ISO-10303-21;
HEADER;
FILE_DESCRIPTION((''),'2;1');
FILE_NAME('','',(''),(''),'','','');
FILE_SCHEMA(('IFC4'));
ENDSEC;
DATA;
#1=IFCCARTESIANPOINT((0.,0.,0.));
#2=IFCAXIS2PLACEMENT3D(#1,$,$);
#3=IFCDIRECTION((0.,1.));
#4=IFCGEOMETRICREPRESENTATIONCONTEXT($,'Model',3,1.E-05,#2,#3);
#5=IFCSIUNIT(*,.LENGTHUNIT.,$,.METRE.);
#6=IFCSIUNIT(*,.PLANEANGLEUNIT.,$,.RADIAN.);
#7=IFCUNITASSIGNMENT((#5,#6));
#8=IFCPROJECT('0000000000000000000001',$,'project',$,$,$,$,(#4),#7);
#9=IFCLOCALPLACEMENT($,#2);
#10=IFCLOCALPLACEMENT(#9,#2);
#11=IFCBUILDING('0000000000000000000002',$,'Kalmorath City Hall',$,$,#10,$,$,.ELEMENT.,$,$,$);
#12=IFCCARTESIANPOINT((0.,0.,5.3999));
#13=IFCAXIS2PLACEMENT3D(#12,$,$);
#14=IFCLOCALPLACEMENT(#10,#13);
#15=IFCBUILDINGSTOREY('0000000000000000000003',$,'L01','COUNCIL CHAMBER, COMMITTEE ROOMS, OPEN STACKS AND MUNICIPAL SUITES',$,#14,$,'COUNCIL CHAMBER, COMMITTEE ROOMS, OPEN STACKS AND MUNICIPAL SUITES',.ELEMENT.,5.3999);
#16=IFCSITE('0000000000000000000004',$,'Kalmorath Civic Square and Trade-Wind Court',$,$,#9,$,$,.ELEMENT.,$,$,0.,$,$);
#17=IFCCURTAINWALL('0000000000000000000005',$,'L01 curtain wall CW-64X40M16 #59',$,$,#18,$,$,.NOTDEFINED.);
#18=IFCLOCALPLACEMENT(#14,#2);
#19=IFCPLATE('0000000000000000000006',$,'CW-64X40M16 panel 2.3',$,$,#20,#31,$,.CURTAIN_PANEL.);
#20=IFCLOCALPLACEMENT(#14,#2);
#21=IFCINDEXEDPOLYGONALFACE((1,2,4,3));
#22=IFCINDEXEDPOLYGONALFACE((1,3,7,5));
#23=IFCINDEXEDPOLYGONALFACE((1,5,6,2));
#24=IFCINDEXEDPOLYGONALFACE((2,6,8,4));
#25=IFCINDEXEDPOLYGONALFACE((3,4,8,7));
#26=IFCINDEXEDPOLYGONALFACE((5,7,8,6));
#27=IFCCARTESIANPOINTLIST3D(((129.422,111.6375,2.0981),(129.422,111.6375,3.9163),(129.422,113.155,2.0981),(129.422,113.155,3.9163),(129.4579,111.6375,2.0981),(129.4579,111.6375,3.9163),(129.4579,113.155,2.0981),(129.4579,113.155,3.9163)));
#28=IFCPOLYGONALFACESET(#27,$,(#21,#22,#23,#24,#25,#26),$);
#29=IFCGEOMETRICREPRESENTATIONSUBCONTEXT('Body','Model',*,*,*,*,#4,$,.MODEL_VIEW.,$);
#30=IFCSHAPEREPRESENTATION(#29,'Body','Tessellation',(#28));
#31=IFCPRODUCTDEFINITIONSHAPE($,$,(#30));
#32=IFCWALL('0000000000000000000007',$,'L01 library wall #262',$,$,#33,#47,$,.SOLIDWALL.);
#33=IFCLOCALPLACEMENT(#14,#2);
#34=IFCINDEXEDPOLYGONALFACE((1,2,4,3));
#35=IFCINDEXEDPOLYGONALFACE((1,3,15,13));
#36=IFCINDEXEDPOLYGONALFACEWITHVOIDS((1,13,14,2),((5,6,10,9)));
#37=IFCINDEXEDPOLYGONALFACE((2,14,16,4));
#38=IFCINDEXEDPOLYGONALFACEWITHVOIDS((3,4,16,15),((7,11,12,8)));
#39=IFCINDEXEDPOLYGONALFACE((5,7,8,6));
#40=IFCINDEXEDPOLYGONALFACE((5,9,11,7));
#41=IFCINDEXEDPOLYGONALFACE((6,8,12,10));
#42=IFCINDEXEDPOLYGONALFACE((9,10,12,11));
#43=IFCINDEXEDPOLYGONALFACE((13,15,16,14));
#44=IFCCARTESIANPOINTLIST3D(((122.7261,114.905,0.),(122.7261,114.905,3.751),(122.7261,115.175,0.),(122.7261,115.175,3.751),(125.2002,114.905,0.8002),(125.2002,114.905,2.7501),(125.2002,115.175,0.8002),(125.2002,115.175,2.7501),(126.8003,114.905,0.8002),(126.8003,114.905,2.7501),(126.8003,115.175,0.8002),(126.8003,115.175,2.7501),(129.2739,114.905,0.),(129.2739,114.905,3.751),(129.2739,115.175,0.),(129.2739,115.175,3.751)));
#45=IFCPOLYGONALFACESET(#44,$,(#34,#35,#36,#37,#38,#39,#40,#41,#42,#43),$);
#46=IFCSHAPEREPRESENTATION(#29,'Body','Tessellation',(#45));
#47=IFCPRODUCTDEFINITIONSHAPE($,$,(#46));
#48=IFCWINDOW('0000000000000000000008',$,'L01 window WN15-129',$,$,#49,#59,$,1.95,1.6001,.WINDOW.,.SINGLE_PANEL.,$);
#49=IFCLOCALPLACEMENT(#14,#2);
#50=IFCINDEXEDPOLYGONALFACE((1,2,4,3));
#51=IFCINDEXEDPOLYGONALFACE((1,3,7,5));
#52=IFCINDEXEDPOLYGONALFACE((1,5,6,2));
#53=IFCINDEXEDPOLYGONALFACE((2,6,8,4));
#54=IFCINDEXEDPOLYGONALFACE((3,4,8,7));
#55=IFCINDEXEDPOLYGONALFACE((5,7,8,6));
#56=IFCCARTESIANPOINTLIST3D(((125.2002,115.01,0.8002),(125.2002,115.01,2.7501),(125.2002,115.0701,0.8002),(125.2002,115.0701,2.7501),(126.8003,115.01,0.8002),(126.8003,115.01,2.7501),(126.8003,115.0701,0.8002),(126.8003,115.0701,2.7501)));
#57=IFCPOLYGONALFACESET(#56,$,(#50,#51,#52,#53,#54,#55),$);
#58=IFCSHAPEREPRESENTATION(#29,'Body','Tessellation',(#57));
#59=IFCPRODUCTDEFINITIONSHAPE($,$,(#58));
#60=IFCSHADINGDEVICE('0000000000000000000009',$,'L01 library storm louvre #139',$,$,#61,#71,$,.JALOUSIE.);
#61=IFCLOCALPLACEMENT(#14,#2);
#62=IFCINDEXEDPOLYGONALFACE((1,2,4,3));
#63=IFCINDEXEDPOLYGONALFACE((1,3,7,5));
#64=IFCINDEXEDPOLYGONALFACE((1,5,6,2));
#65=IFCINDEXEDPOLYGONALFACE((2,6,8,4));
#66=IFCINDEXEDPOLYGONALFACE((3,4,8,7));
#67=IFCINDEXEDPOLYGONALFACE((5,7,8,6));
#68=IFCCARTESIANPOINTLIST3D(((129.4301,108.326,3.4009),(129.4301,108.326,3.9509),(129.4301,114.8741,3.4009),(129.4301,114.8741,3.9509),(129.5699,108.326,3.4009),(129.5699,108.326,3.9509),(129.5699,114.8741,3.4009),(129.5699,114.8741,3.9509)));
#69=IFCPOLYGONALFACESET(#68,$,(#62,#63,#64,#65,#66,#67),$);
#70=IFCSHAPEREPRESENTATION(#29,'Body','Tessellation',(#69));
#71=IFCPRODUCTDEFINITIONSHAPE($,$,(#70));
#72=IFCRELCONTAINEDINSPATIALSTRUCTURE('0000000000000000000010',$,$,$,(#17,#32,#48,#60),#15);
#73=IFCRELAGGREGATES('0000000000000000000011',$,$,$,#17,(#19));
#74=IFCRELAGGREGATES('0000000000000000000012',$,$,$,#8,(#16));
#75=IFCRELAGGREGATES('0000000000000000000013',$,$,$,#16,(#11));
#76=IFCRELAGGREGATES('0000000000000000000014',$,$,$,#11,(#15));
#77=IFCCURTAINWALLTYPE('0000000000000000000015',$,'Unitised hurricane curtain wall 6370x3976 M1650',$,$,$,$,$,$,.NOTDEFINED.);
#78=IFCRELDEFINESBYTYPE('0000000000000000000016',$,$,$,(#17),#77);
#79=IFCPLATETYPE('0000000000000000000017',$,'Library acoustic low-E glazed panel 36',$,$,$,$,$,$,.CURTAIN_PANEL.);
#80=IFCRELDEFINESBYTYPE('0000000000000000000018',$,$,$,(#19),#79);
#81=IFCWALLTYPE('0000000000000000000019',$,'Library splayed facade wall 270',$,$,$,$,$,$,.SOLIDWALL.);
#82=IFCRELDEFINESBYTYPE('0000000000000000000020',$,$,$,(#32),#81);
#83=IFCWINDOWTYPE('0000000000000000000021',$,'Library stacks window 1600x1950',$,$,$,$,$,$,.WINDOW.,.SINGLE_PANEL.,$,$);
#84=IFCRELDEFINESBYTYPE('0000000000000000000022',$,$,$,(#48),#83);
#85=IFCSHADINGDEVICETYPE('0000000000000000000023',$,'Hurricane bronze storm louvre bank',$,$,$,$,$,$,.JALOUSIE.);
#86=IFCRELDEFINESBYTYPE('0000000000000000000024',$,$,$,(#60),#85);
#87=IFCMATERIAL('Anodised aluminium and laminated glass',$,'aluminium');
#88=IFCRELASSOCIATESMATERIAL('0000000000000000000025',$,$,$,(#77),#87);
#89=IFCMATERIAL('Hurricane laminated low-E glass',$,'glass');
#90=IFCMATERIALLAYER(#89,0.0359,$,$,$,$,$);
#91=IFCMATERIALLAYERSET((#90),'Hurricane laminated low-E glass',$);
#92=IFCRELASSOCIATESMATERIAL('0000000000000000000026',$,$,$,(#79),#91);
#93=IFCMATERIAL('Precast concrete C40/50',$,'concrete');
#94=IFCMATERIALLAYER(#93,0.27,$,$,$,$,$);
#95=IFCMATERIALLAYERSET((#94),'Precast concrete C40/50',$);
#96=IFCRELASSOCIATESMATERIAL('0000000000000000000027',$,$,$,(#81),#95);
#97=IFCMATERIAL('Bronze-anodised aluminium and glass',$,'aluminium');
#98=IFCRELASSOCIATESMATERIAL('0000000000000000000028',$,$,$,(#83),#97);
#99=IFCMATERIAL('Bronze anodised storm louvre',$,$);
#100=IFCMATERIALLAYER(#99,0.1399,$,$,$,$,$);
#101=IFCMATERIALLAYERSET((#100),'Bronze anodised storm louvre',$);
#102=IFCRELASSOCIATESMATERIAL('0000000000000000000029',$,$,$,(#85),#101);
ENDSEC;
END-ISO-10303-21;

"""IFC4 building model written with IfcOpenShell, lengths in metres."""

from ifc_helpers import new_model, si_unit, direction, frame, frame_2d, origin, origin_2d, place, context, subcontext, project, spatial, rectangle, extrude, material, layer, layer_set, type_object, element, fill, aggregate, save


model = new_model("IFC4")

# Units and contexts
model_context = context("Model", 3, precision=1e-05, world=origin(), true_north=direction((0.0, 1.0)))
body_context = subcontext(model_context, "Body", "Model", "MODEL_VIEW")
ifc_project = project(units=[si_unit("LENGTHUNIT", "METRE"), si_unit("PLANEANGLEUNIT", "RADIAN")], contexts=[model_context])

# Site, building, storey
site_placement = place(None, origin())
site = spatial("IfcSite", under=ifc_project, at=site_placement, Name="Kalmorath Civic Square and Trade-Wind Court", CompositionType="ELEMENT", RefElevation=0.0)
building_placement = place(site_placement, origin())
building = spatial("IfcBuilding", under=site, at=building_placement, Name="Kalmorath City Hall", CompositionType="ELEMENT")
storey_placement = place(building_placement, frame((0.0, 0.0, 5.3999)))
storey = spatial("IfcBuildingStorey", under=building, at=storey_placement, Name="L01", Description="COUNCIL CHAMBER, COMMITTEE ROOMS, OPEN STACKS AND MUNICIPAL SUITES", LongName="COUNCIL CHAMBER, COMMITTEE ROOMS, OPEN STACKS AND MUNICIPAL SUITES", CompositionType="ELEMENT", Elevation=5.3999)

# Curtain wall
ifc_material_1 = material(Name="Anodised aluminium and laminated glass", Category="aluminium")
curtain_wall_type = type_object("IfcCurtainWallType", Name="Unitised hurricane curtain wall 6370x3976 M1650", PredefinedType="NOTDEFINED", material=ifc_material_1)
curtain_wall_placement = place(storey_placement, origin())
curtain_wall = element("IfcCurtainWall", 1, at=curtain_wall_placement, inside=storey, type_object=curtain_wall_type, Name="L01 curtain wall CW-64X40M16 #59", PredefinedType="NOTDEFINED")

# Plate
ifc_material_2 = material(Name="Hurricane laminated low-E glass", Category="glass")
ifc_layer_1 = layer(ifc_material_2, 0.0359)
ifc_layer_set_1 = layer_set([ifc_layer_1], Name="Hurricane laminated low-E glass")
plate_type = type_object("IfcPlateType", Name="Library acoustic low-E glazed panel 36", PredefinedType="CURTAIN_PANEL", material=ifc_layer_set_1)
plate_1_placement = place(storey_placement, frame((129.4399, 112.3962, 2.0981), z_axis=(0.0, 0.0, 1.0), x_axis=(0.0, -1.0, 0.0)))
plate_1 = element("IfcPlate", 2, at=plate_1_placement, type_object=plate_type, Name="CW-64X40M16 panel 2.3", PredefinedType="CURTAIN_PANEL", context=body_context, shape_type="SweptSolid", body=[
    extrude(rectangle(XDim=1.5176, YDim=0.0359, at=origin_2d()), origin(), (0.0, 0.0, 1.0), 1.8181),
])
aggregate(curtain_wall, [plate_1])

# Wall, opening, window
ifc_material_3 = material(Name="Precast concrete C40/50", Category="concrete")
ifc_layer_2 = layer(ifc_material_3, 0.27)
ifc_layer_set_2 = layer_set([ifc_layer_2], Name="Precast concrete C40/50")
wall_type = type_object("IfcWallType", Name="Library splayed facade wall 270", PredefinedType="SOLIDWALL", material=ifc_layer_set_2)
wall_placement = place(storey_placement, frame((122.7261, 115.04, 0.0), z_axis=(0.0, 0.0, 1.0), x_axis=(1.0, 0.0, 0.0)))
wall = element("IfcWall", 3, at=wall_placement, inside=storey, type_object=wall_type, Name="L01 library wall #262", PredefinedType="SOLIDWALL", context=body_context, shape_type="SweptSolid", body=[
    extrude(rectangle(XDim=6.5479, YDim=0.27, at=frame_2d((3.2739, 0.0))), origin(), (0.0, 0.0, 1.0), 3.751),
])
opening_placement = place(wall_placement, frame((2.4741, 0.0, 0.8)))
opening = element("IfcOpeningElement", 4, at=opening_placement, cuts=wall, PredefinedType="OPENING", context=body_context, shape_type="SweptSolid", body=[
    extrude(rectangle(XDim=1.6001, YDim=1.95, at=frame_2d((0.8, 0.9751))), frame((0.0, 0.145, 0.0), z_axis=(0.0, -1.0, 0.0), x_axis=(1.0, 0.0, 0.0)), (0.0, 0.0, 1.0), 0.29),
])
ifc_material_4 = material(Name="Bronze-anodised aluminium and glass", Category="aluminium")
window_type = type_object("IfcWindowType", Name="Library stacks window 1600x1950", PartitioningType="SINGLE_PANEL", PredefinedType="WINDOW", material=ifc_material_4)
window_placement = place(opening_placement, origin())
window = element("IfcWindow", 5, at=window_placement, inside=storey, type_object=window_type, Name="L01 window WN15-129", OverallHeight=1.95, OverallWidth=1.6001, PartitioningType="SINGLE_PANEL", PredefinedType="WINDOW", context=body_context, shape_type="SweptSolid", body=[
    extrude(rectangle(XDim=1.6001, YDim=1.95, at=frame_2d((0.8, 0.9751))), frame((0.0, 0.03, 0.0), z_axis=(0.0, -1.0, 0.0), x_axis=(1.0, 0.0, 0.0)), (0.0, 0.0, 1.0), 0.0601),
])
fill(opening, window)

# Shading device
ifc_material_5 = material(Name="Bronze anodised storm louvre")
ifc_layer_3 = layer(ifc_material_5, 0.1399)
ifc_layer_set_3 = layer_set([ifc_layer_3], Name="Bronze anodised storm louvre")
shading_device_type = type_object("IfcShadingDeviceType", Name="Hurricane bronze storm louvre bank", PredefinedType="JALOUSIE", material=ifc_layer_set_3)
shading_device_placement = place(storey_placement, frame((129.5, 111.6001, 3.4009), z_axis=(0.0, 0.0, 1.0), x_axis=(0.0, -1.0, 0.0)))
element("IfcShadingDevice", 6, at=shading_device_placement, inside=storey, type_object=shading_device_type, Name="L01 library storm louvre #139", PredefinedType="JALOUSIE", context=body_context, shape_type="SweptSolid", body=[
    extrude(rectangle(XDim=6.5481, YDim=0.1399, at=origin_2d()), origin(), (0.0, 0.0, 1.0), 0.55),
])

save(model, "model.ifc")
